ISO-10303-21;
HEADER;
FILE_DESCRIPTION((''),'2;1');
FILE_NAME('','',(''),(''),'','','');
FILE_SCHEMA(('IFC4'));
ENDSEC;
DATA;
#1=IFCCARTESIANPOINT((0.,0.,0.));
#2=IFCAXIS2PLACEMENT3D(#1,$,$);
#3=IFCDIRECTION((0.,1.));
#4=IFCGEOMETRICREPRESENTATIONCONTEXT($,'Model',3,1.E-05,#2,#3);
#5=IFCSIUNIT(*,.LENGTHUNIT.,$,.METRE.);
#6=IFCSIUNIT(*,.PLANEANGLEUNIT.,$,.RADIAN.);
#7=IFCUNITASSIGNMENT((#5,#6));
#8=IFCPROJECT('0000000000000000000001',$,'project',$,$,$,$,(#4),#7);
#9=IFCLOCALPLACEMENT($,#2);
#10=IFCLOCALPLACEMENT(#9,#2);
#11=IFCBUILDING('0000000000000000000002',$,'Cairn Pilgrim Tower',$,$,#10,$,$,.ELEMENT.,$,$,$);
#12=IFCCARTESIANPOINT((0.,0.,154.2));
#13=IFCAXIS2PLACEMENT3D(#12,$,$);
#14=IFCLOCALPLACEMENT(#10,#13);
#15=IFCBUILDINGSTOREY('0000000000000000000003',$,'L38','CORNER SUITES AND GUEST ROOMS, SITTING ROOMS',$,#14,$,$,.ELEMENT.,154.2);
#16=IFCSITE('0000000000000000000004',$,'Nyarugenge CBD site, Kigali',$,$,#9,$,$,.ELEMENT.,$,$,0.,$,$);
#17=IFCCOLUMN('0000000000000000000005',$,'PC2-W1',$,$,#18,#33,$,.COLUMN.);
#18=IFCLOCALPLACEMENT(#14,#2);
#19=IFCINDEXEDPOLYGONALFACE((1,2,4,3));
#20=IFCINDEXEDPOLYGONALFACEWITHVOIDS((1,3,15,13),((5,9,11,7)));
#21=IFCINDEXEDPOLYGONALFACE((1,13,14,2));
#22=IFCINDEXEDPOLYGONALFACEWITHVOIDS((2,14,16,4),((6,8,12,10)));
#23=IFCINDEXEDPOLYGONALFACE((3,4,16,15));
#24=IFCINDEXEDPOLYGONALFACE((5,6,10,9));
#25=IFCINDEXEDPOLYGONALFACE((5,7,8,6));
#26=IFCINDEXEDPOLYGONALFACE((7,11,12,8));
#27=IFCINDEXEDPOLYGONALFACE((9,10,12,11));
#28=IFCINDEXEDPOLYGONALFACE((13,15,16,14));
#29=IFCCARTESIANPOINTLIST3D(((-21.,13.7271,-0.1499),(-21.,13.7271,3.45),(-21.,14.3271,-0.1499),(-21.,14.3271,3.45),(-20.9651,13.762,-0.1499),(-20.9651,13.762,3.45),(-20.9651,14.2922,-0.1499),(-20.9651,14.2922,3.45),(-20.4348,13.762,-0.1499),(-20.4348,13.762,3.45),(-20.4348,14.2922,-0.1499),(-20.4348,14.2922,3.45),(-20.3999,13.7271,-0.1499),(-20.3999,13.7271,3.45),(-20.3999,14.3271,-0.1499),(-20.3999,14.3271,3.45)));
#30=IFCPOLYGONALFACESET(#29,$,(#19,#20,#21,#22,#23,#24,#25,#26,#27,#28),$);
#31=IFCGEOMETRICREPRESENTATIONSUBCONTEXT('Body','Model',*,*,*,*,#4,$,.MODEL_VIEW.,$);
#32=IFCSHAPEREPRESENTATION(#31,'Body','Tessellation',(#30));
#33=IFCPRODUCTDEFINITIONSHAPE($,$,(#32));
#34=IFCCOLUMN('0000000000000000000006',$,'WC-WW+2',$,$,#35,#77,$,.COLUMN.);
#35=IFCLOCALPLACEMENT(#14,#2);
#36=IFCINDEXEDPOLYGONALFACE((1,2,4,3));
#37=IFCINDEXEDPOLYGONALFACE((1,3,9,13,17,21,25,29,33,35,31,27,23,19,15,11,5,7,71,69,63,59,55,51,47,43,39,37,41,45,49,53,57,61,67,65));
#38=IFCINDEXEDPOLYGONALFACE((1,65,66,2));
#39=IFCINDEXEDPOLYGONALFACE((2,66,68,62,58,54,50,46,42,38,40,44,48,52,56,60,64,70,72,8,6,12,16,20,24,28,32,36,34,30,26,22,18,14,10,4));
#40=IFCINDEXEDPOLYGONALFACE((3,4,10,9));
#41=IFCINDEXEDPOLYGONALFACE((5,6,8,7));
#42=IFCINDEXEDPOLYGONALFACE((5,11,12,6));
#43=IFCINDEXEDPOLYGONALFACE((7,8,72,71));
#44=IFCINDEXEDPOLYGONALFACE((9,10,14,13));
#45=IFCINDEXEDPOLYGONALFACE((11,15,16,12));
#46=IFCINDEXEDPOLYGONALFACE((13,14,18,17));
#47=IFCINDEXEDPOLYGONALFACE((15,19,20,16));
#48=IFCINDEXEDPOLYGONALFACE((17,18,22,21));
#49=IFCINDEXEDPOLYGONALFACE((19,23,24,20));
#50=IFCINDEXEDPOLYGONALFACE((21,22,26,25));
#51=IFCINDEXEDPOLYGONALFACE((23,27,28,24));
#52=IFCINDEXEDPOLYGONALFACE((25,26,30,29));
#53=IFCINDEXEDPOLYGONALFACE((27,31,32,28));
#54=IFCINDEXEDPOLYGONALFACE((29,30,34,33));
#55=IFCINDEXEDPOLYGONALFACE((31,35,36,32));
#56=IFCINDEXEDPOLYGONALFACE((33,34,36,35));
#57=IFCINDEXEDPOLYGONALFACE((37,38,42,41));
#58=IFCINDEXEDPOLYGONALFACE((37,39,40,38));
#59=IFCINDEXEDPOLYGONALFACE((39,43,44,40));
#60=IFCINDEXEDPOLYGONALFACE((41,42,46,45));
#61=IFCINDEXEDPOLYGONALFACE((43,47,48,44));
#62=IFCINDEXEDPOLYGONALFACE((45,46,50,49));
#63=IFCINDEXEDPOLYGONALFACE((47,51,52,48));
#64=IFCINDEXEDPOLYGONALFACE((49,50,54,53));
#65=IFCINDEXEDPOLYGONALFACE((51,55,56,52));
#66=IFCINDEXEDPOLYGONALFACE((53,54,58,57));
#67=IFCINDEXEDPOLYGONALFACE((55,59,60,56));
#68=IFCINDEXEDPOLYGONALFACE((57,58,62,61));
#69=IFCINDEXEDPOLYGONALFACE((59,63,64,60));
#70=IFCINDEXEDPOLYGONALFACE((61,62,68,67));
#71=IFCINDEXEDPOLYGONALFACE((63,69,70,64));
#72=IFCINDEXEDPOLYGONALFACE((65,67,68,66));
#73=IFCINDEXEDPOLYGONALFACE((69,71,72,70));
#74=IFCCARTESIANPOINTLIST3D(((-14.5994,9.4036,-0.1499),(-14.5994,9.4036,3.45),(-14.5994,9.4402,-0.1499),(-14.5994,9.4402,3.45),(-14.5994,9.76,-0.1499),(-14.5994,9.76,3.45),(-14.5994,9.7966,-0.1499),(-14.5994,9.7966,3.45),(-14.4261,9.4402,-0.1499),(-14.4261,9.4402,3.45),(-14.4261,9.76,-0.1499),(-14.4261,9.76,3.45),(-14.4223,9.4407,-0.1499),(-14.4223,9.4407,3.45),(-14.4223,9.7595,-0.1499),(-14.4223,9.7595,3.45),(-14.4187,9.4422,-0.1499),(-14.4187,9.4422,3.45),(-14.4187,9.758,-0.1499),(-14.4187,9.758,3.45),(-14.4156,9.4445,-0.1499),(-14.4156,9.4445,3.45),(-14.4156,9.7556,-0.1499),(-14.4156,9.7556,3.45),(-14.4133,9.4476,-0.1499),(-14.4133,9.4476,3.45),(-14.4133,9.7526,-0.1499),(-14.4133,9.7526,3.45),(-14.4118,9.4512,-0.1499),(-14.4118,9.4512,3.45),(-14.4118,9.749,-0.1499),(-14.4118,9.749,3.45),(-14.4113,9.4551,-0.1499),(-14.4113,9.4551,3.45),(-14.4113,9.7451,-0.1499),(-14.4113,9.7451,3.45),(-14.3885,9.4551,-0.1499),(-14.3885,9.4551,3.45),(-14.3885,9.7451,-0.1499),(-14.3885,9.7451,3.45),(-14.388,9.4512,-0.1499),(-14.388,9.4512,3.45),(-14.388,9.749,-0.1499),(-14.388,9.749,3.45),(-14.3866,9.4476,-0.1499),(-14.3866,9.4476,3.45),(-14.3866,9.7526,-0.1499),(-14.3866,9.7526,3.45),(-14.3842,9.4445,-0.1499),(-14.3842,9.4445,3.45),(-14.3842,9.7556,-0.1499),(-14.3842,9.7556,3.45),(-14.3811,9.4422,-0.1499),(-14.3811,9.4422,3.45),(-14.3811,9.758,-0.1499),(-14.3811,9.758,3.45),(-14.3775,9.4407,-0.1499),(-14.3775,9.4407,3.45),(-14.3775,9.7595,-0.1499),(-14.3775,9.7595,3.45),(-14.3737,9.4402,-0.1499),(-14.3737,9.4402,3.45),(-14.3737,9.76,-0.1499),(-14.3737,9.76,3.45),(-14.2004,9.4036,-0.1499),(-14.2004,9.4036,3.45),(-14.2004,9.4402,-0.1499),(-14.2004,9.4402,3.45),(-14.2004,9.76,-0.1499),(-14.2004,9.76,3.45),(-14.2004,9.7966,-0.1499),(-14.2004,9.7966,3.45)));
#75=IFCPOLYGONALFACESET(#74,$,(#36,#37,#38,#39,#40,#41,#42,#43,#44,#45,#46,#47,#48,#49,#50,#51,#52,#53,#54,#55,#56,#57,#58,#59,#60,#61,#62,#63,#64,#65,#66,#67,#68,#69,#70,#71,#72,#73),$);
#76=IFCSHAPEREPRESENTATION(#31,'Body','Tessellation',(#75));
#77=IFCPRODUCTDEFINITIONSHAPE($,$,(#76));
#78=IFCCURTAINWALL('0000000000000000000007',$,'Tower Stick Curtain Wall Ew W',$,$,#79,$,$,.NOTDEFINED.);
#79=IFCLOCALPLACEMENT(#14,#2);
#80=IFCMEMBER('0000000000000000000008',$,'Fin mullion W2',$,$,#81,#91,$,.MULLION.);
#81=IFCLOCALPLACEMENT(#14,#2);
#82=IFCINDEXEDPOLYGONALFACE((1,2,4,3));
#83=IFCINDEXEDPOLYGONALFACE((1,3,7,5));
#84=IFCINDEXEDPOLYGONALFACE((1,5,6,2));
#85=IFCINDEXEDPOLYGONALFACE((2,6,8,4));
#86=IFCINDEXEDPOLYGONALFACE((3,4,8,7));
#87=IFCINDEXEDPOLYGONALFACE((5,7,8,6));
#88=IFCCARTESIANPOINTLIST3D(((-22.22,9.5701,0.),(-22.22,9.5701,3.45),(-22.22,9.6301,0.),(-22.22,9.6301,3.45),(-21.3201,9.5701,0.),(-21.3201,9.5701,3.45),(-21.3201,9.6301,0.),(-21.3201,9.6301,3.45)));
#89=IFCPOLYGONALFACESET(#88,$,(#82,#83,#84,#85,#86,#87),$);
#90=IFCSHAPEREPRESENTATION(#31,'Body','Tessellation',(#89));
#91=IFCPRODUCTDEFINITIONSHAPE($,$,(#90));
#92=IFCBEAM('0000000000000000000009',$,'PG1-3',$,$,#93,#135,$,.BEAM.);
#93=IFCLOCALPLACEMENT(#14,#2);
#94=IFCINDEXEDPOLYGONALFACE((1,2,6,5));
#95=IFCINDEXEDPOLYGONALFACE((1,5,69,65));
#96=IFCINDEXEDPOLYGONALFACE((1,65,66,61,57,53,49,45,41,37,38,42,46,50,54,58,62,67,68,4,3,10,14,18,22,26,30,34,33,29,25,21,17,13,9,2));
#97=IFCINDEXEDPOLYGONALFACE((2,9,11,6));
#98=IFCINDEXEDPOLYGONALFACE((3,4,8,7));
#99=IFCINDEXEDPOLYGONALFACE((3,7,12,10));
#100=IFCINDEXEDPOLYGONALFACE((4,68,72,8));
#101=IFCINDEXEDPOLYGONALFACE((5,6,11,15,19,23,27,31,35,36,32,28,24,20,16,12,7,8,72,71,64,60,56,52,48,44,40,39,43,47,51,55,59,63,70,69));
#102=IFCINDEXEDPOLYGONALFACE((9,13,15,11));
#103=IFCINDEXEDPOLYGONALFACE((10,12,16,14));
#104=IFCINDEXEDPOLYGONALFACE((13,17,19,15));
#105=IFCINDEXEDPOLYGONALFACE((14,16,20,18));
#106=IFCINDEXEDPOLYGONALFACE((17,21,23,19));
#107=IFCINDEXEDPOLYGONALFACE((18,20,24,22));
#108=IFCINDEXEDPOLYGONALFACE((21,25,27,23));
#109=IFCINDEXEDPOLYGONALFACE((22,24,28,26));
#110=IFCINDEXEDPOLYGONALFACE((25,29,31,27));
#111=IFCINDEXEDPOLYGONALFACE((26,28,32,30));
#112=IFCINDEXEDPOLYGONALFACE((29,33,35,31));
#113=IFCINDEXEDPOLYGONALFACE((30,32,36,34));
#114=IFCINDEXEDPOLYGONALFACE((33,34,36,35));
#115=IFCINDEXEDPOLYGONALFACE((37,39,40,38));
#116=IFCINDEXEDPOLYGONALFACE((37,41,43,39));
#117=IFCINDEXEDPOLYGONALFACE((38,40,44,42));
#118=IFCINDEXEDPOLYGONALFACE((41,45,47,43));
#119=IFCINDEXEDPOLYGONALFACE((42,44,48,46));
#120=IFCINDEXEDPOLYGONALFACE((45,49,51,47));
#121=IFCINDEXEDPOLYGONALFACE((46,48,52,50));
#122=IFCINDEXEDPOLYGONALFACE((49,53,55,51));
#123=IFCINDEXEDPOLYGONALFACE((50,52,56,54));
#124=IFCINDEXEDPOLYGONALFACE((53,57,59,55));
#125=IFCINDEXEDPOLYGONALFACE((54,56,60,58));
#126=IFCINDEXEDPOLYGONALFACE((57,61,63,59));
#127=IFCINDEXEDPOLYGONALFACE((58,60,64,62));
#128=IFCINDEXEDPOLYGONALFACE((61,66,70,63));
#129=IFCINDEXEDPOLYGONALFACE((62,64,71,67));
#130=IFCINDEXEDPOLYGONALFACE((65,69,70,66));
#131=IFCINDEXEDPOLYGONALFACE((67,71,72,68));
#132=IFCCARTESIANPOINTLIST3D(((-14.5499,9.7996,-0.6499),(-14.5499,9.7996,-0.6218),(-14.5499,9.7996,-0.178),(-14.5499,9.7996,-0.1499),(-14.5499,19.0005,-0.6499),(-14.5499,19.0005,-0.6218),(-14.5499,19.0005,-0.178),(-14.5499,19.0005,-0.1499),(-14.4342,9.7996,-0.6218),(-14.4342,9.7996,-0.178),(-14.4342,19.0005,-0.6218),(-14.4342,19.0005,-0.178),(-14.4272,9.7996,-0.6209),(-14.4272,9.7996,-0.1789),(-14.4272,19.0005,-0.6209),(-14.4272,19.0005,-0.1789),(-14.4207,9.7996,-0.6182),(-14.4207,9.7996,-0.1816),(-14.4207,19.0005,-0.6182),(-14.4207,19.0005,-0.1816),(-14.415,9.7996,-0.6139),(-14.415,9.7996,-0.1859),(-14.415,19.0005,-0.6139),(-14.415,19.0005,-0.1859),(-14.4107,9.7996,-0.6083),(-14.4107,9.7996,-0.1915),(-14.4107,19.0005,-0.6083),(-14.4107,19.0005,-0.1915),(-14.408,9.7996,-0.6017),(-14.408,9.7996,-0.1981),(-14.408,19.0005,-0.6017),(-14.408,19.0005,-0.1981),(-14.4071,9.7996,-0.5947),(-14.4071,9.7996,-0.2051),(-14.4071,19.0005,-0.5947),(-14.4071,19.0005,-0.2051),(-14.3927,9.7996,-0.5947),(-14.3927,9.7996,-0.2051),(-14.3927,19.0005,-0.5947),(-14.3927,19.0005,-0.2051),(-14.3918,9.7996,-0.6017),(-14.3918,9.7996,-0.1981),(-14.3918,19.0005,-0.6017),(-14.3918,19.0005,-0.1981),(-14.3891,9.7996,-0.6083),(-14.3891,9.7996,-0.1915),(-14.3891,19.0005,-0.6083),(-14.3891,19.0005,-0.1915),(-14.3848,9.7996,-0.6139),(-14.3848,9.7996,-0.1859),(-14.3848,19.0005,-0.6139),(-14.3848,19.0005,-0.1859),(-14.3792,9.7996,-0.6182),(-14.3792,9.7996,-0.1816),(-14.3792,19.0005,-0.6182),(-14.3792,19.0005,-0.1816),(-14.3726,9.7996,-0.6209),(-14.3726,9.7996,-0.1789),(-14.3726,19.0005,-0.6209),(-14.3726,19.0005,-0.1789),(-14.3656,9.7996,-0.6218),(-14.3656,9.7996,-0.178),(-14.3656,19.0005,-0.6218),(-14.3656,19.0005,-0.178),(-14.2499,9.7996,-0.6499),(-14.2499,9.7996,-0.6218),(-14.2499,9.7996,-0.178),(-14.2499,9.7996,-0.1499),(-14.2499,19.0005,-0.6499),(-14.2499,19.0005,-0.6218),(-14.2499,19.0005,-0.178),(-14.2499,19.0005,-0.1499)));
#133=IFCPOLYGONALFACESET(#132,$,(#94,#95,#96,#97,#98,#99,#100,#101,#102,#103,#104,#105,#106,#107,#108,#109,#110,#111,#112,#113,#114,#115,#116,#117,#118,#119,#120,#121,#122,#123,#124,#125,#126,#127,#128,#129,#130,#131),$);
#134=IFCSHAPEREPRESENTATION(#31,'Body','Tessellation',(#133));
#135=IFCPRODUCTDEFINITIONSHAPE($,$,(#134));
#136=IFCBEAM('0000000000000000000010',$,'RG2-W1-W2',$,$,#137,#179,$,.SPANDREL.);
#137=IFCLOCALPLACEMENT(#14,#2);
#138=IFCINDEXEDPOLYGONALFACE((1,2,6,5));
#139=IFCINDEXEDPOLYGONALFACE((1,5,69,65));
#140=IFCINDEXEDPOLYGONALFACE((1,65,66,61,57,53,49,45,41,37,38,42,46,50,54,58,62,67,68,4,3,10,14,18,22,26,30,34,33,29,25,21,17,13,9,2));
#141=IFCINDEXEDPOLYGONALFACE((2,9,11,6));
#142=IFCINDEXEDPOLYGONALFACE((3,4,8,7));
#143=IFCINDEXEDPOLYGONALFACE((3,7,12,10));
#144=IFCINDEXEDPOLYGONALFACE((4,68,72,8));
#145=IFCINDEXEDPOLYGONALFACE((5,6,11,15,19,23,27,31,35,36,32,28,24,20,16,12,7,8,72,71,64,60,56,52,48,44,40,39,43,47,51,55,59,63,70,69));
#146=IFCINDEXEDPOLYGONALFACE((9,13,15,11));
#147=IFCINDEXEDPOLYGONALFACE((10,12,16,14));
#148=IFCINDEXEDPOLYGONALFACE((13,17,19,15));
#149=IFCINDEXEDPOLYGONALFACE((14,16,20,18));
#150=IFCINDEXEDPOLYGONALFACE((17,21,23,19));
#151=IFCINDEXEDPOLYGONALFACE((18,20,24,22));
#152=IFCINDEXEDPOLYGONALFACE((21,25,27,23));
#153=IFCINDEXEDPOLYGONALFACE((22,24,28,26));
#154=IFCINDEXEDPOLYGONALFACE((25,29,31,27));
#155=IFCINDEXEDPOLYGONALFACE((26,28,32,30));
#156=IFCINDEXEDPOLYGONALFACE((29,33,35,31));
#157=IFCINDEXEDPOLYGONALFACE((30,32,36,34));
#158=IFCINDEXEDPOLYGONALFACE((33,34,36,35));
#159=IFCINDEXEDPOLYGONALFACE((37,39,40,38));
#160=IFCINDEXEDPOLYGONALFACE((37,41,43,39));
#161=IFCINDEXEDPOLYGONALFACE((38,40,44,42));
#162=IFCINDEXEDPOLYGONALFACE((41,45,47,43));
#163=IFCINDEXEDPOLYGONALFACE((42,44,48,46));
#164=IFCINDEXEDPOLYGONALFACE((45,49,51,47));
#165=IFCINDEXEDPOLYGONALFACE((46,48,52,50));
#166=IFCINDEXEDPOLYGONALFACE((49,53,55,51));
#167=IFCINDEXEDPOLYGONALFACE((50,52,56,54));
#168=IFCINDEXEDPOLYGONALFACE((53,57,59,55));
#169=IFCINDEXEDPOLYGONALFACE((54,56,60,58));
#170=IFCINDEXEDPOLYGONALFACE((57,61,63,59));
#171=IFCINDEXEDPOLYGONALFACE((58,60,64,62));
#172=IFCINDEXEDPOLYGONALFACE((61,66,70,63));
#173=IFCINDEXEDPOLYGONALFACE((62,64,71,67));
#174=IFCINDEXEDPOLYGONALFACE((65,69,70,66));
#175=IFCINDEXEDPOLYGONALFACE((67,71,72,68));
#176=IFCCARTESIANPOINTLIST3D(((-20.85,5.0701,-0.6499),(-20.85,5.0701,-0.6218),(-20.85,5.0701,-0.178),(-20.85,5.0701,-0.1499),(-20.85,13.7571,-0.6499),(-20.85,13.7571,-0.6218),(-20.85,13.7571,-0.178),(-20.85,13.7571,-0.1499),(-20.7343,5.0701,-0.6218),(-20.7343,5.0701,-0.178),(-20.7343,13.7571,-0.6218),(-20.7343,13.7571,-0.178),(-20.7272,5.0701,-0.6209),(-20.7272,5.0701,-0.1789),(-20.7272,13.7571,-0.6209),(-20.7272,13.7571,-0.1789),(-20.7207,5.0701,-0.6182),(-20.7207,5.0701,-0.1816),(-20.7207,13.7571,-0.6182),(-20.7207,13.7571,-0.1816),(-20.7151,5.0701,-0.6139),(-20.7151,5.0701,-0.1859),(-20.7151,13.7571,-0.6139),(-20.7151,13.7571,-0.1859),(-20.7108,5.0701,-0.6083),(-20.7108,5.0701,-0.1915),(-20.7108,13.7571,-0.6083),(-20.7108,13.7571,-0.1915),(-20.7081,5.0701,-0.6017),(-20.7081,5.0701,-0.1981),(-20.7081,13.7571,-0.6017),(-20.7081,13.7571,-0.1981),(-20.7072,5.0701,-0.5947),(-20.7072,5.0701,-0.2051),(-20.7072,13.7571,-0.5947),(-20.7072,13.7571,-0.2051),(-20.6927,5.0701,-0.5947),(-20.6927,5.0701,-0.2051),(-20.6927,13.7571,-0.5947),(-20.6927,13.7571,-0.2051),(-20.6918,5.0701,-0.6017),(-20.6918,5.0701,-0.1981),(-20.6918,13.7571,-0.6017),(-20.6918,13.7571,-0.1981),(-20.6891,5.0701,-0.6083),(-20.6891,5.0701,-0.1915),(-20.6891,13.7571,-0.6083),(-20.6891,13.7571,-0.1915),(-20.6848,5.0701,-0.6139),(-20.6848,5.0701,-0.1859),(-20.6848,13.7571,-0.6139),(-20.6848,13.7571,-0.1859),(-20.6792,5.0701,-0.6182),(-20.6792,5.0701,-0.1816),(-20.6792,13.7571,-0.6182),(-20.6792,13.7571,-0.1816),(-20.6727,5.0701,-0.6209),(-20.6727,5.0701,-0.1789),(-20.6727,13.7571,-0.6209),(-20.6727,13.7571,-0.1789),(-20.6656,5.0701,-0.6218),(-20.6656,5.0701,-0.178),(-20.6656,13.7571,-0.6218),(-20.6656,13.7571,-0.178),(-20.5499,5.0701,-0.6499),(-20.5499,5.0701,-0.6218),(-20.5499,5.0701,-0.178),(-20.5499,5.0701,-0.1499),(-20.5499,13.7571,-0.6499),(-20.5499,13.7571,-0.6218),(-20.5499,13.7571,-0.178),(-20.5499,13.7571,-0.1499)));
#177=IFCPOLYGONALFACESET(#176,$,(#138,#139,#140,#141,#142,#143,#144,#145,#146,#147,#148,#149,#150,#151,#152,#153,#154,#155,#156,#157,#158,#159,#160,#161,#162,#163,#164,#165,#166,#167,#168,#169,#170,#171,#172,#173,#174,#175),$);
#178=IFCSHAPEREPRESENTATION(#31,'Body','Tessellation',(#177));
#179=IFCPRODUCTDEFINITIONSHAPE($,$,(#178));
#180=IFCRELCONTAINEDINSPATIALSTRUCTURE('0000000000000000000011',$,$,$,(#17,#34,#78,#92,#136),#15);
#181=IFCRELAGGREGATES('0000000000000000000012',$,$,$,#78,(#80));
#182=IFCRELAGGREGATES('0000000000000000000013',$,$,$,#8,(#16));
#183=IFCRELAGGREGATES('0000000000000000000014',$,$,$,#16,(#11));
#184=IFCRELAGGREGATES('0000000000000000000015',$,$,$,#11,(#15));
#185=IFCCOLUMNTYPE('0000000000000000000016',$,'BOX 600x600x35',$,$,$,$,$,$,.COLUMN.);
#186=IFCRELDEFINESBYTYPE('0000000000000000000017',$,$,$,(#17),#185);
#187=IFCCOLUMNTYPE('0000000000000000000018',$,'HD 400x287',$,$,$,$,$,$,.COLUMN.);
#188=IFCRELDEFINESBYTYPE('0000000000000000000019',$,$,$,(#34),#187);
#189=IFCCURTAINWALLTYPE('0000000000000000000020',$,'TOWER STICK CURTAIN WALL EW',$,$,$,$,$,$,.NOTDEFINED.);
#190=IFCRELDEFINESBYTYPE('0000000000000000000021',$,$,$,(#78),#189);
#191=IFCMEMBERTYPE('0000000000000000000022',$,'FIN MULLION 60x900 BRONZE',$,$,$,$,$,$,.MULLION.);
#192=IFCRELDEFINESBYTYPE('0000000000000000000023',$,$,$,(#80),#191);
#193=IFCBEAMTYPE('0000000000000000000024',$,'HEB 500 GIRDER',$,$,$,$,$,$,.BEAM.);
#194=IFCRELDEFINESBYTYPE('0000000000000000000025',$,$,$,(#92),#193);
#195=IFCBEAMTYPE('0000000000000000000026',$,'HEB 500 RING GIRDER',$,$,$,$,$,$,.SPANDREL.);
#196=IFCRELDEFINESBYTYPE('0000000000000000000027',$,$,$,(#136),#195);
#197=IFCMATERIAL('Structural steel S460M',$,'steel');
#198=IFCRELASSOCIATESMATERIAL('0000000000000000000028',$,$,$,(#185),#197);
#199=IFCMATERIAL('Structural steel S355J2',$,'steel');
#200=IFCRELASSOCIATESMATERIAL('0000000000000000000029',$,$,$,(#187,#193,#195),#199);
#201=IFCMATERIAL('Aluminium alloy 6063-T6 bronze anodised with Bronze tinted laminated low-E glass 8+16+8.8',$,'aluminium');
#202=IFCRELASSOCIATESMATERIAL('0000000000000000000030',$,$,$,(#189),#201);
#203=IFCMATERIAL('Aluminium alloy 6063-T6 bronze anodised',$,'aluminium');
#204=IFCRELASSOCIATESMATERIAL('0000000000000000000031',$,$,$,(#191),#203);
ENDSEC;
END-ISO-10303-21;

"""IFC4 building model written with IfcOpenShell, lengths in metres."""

from ifc_helpers import new_model, si_unit, direction, frame, origin, origin_2d, place, context, subcontext, project, spatial, rectangle, hollow_rectangle, i_section, extrude, material, material_profile, profile_set, type_object, element, aggregate, save


model = new_model("IFC4")

# Units and contexts
model_context = context("Model", 3, precision=1e-05, world=origin(), true_north=direction((0.0, 1.0)))
body_context = subcontext(model_context, "Body", "Model", "MODEL_VIEW")
ifc_project = project(units=[si_unit("LENGTHUNIT", "METRE"), si_unit("PLANEANGLEUNIT", "RADIAN")], contexts=[model_context])

# Site, building, storey
site_placement = place(None, origin())
site = spatial("IfcSite", under=ifc_project, at=site_placement, Name="Nyarugenge CBD site, Kigali", CompositionType="ELEMENT", RefElevation=0.0)
building_placement = place(site_placement, origin())
building = spatial("IfcBuilding", under=site, at=building_placement, Name="Cairn Pilgrim Tower", CompositionType="ELEMENT")
storey_placement = place(building_placement, frame((0.0, 0.0, 154.2)))
storey = spatial("IfcBuildingStorey", under=building, at=storey_placement, Name="L38", Description="CORNER SUITES AND GUEST ROOMS, SITTING ROOMS", CompositionType="ELEMENT", Elevation=154.2)

# Columns
ifc_material_1 = material(Name="Structural steel S460M", Category="steel")
ifc_material_profile_1 = material_profile(ifc_material_1, hollow_rectangle(XDim=0.6001, YDim=0.6001, WallThickness=0.0349, at=origin_2d()), Name="BOX 600x600x35")
ifc_profile_set_1 = profile_set([ifc_material_profile_1], Name="Structural steel S460M")
column_type_1 = type_object("IfcColumnType", Name="BOX 600x600x35", PredefinedType="COLUMN", material=ifc_profile_set_1)
column_1_placement = place(storey_placement, frame((-20.7, 14.0271, -0.1499), z_axis=(0.0, 0.0, 1.0), x_axis=(1.0, 0.0, 0.0)))
element("IfcColumn", 1, at=column_1_placement, inside=storey, type_object=column_type_1, Name="PC2-W1", PredefinedType="COLUMN", context=body_context, shape_type="SweptSolid", body=[
    extrude(hollow_rectangle(XDim=0.6001, YDim=0.6001, WallThickness=0.0349, at=origin_2d()), origin(), (0.0, 0.0, 1.0), 3.5999),
])
ifc_material_2 = material(Name="Structural steel S355J2", Category="steel")
ifc_material_profile_2 = material_profile(ifc_material_2, i_section(OverallWidth=0.3989, OverallDepth=0.3931, WebThickness=0.0227, FlangeThickness=0.0366, FilletRadius=0.0149, at=origin_2d()), Name="HD 400x287")
ifc_profile_set_2 = profile_set([ifc_material_profile_2], Name="Structural steel S355J2")
column_type_2 = type_object("IfcColumnType", Name="HD 400x287", PredefinedType="COLUMN", material=ifc_profile_set_2)
column_2_placement = place(storey_placement, frame((-14.3999, 9.6001, -0.1499), z_axis=(0.0, 0.0, 1.0), x_axis=(1.0, 0.0, 0.0)))
element("IfcColumn", 2, at=column_2_placement, inside=storey, type_object=column_type_2, Name="WC-WW+2", PredefinedType="COLUMN", context=body_context, shape_type="SweptSolid", body=[
    extrude(i_section(OverallWidth=0.3989, OverallDepth=0.3931, WebThickness=0.0227, FlangeThickness=0.0366, FilletRadius=0.0149, at=origin_2d()), origin(), (0.0, 0.0, 1.0), 3.5999),
])

# Curtain wall, member
ifc_material_3 = material(Name="Aluminium alloy 6063-T6 bronze anodised with Bronze tinted laminated low-E glass 8+16+8.8", Category="aluminium")
curtain_wall_type = type_object("IfcCurtainWallType", Name="TOWER STICK CURTAIN WALL EW", PredefinedType="NOTDEFINED", material=ifc_material_3)
curtain_wall_placement = place(storey_placement, origin())
curtain_wall = element("IfcCurtainWall", 3, at=curtain_wall_placement, inside=storey, type_object=curtain_wall_type, Name="Tower Stick Curtain Wall Ew W", PredefinedType="NOTDEFINED")
ifc_material_4 = material(Name="Aluminium alloy 6063-T6 bronze anodised", Category="aluminium")
ifc_material_profile_3 = material_profile(ifc_material_4, rectangle(XDim=0.8999, YDim=0.0601, at=origin_2d()), Name="FIN MULLION 60x900 BRONZE")
ifc_profile_set_3 = profile_set([ifc_material_profile_3], Name="Aluminium alloy 6063-T6 bronze anodised")
member_type = type_object("IfcMemberType", Name="FIN MULLION 60x900 BRONZE", PredefinedType="MULLION", material=ifc_profile_set_3)
member_placement = place(storey_placement, frame((-21.77, 9.6001, 0.0), z_axis=(0.0, 0.0, 1.0), x_axis=(-1.0, 0.0, 0.0)))
member = element("IfcMember", 4, at=member_placement, type_object=member_type, Name="Fin mullion W2", PredefinedType="MULLION", context=body_context, shape_type="SweptSolid", body=[
    extrude(rectangle(XDim=0.8999, YDim=0.0601, at=origin_2d()), origin(), (0.0, 0.0, 1.0), 3.45),
])
aggregate(curtain_wall, [member])

# Beams
ifc_material_profile_4 = material_profile(ifc_material_2, i_section(OverallWidth=0.3, OverallDepth=0.5, WebThickness=0.0144, FlangeThickness=0.0281, FilletRadius=0.0271, at=origin_2d()), Name="HEB 500")
ifc_profile_set_4 = profile_set([ifc_material_profile_4], Name="Structural steel S355J2")
beam_type_1 = type_object("IfcBeamType", Name="HEB 500 GIRDER", PredefinedType="BEAM", material=ifc_profile_set_4)
beam_1_placement = place(storey_placement, frame((-14.3999, 9.7996, -0.3999), z_axis=(0.0, 1.0, 0.0), x_axis=(-1.0, 0.0, 0.0)))
element("IfcBeam", 5, at=beam_1_placement, inside=storey, type_object=beam_type_1, Name="PG1-3", PredefinedType="BEAM", context=body_context, shape_type="SweptSolid", body=[
    extrude(i_section(OverallWidth=0.3, OverallDepth=0.5, WebThickness=0.0144, FlangeThickness=0.0281, FilletRadius=0.0271, at=origin_2d()), origin(), (0.0, 0.0, 1.0), 9.2009),
])
ifc_material_profile_5 = material_profile(ifc_material_2, i_section(OverallWidth=0.3, OverallDepth=0.5, WebThickness=0.0144, FlangeThickness=0.0281, FilletRadius=0.0271, at=origin_2d()), Name="HEB 500")
ifc_profile_set_5 = profile_set([ifc_material_profile_5], Name="Structural steel S355J2")
beam_type_2 = type_object("IfcBeamType", Name="HEB 500 RING GIRDER", PredefinedType="SPANDREL", material=ifc_profile_set_5)
beam_2_placement = place(storey_placement, frame((-20.7, 13.7571, -0.3999), z_axis=(0.0, -1.0, 0.0), x_axis=(1.0, 0.0, 0.0)))
element("IfcBeam", 6, at=beam_2_placement, inside=storey, type_object=beam_type_2, Name="RG2-W1-W2", PredefinedType="SPANDREL", context=body_context, shape_type="SweptSolid", body=[
    extrude(i_section(OverallWidth=0.3, OverallDepth=0.5, WebThickness=0.0144, FlangeThickness=0.0281, FilletRadius=0.0271, at=origin_2d()), origin(), (0.0, 0.0, 1.0), 8.687),
])

save(model, "model.ifc")
